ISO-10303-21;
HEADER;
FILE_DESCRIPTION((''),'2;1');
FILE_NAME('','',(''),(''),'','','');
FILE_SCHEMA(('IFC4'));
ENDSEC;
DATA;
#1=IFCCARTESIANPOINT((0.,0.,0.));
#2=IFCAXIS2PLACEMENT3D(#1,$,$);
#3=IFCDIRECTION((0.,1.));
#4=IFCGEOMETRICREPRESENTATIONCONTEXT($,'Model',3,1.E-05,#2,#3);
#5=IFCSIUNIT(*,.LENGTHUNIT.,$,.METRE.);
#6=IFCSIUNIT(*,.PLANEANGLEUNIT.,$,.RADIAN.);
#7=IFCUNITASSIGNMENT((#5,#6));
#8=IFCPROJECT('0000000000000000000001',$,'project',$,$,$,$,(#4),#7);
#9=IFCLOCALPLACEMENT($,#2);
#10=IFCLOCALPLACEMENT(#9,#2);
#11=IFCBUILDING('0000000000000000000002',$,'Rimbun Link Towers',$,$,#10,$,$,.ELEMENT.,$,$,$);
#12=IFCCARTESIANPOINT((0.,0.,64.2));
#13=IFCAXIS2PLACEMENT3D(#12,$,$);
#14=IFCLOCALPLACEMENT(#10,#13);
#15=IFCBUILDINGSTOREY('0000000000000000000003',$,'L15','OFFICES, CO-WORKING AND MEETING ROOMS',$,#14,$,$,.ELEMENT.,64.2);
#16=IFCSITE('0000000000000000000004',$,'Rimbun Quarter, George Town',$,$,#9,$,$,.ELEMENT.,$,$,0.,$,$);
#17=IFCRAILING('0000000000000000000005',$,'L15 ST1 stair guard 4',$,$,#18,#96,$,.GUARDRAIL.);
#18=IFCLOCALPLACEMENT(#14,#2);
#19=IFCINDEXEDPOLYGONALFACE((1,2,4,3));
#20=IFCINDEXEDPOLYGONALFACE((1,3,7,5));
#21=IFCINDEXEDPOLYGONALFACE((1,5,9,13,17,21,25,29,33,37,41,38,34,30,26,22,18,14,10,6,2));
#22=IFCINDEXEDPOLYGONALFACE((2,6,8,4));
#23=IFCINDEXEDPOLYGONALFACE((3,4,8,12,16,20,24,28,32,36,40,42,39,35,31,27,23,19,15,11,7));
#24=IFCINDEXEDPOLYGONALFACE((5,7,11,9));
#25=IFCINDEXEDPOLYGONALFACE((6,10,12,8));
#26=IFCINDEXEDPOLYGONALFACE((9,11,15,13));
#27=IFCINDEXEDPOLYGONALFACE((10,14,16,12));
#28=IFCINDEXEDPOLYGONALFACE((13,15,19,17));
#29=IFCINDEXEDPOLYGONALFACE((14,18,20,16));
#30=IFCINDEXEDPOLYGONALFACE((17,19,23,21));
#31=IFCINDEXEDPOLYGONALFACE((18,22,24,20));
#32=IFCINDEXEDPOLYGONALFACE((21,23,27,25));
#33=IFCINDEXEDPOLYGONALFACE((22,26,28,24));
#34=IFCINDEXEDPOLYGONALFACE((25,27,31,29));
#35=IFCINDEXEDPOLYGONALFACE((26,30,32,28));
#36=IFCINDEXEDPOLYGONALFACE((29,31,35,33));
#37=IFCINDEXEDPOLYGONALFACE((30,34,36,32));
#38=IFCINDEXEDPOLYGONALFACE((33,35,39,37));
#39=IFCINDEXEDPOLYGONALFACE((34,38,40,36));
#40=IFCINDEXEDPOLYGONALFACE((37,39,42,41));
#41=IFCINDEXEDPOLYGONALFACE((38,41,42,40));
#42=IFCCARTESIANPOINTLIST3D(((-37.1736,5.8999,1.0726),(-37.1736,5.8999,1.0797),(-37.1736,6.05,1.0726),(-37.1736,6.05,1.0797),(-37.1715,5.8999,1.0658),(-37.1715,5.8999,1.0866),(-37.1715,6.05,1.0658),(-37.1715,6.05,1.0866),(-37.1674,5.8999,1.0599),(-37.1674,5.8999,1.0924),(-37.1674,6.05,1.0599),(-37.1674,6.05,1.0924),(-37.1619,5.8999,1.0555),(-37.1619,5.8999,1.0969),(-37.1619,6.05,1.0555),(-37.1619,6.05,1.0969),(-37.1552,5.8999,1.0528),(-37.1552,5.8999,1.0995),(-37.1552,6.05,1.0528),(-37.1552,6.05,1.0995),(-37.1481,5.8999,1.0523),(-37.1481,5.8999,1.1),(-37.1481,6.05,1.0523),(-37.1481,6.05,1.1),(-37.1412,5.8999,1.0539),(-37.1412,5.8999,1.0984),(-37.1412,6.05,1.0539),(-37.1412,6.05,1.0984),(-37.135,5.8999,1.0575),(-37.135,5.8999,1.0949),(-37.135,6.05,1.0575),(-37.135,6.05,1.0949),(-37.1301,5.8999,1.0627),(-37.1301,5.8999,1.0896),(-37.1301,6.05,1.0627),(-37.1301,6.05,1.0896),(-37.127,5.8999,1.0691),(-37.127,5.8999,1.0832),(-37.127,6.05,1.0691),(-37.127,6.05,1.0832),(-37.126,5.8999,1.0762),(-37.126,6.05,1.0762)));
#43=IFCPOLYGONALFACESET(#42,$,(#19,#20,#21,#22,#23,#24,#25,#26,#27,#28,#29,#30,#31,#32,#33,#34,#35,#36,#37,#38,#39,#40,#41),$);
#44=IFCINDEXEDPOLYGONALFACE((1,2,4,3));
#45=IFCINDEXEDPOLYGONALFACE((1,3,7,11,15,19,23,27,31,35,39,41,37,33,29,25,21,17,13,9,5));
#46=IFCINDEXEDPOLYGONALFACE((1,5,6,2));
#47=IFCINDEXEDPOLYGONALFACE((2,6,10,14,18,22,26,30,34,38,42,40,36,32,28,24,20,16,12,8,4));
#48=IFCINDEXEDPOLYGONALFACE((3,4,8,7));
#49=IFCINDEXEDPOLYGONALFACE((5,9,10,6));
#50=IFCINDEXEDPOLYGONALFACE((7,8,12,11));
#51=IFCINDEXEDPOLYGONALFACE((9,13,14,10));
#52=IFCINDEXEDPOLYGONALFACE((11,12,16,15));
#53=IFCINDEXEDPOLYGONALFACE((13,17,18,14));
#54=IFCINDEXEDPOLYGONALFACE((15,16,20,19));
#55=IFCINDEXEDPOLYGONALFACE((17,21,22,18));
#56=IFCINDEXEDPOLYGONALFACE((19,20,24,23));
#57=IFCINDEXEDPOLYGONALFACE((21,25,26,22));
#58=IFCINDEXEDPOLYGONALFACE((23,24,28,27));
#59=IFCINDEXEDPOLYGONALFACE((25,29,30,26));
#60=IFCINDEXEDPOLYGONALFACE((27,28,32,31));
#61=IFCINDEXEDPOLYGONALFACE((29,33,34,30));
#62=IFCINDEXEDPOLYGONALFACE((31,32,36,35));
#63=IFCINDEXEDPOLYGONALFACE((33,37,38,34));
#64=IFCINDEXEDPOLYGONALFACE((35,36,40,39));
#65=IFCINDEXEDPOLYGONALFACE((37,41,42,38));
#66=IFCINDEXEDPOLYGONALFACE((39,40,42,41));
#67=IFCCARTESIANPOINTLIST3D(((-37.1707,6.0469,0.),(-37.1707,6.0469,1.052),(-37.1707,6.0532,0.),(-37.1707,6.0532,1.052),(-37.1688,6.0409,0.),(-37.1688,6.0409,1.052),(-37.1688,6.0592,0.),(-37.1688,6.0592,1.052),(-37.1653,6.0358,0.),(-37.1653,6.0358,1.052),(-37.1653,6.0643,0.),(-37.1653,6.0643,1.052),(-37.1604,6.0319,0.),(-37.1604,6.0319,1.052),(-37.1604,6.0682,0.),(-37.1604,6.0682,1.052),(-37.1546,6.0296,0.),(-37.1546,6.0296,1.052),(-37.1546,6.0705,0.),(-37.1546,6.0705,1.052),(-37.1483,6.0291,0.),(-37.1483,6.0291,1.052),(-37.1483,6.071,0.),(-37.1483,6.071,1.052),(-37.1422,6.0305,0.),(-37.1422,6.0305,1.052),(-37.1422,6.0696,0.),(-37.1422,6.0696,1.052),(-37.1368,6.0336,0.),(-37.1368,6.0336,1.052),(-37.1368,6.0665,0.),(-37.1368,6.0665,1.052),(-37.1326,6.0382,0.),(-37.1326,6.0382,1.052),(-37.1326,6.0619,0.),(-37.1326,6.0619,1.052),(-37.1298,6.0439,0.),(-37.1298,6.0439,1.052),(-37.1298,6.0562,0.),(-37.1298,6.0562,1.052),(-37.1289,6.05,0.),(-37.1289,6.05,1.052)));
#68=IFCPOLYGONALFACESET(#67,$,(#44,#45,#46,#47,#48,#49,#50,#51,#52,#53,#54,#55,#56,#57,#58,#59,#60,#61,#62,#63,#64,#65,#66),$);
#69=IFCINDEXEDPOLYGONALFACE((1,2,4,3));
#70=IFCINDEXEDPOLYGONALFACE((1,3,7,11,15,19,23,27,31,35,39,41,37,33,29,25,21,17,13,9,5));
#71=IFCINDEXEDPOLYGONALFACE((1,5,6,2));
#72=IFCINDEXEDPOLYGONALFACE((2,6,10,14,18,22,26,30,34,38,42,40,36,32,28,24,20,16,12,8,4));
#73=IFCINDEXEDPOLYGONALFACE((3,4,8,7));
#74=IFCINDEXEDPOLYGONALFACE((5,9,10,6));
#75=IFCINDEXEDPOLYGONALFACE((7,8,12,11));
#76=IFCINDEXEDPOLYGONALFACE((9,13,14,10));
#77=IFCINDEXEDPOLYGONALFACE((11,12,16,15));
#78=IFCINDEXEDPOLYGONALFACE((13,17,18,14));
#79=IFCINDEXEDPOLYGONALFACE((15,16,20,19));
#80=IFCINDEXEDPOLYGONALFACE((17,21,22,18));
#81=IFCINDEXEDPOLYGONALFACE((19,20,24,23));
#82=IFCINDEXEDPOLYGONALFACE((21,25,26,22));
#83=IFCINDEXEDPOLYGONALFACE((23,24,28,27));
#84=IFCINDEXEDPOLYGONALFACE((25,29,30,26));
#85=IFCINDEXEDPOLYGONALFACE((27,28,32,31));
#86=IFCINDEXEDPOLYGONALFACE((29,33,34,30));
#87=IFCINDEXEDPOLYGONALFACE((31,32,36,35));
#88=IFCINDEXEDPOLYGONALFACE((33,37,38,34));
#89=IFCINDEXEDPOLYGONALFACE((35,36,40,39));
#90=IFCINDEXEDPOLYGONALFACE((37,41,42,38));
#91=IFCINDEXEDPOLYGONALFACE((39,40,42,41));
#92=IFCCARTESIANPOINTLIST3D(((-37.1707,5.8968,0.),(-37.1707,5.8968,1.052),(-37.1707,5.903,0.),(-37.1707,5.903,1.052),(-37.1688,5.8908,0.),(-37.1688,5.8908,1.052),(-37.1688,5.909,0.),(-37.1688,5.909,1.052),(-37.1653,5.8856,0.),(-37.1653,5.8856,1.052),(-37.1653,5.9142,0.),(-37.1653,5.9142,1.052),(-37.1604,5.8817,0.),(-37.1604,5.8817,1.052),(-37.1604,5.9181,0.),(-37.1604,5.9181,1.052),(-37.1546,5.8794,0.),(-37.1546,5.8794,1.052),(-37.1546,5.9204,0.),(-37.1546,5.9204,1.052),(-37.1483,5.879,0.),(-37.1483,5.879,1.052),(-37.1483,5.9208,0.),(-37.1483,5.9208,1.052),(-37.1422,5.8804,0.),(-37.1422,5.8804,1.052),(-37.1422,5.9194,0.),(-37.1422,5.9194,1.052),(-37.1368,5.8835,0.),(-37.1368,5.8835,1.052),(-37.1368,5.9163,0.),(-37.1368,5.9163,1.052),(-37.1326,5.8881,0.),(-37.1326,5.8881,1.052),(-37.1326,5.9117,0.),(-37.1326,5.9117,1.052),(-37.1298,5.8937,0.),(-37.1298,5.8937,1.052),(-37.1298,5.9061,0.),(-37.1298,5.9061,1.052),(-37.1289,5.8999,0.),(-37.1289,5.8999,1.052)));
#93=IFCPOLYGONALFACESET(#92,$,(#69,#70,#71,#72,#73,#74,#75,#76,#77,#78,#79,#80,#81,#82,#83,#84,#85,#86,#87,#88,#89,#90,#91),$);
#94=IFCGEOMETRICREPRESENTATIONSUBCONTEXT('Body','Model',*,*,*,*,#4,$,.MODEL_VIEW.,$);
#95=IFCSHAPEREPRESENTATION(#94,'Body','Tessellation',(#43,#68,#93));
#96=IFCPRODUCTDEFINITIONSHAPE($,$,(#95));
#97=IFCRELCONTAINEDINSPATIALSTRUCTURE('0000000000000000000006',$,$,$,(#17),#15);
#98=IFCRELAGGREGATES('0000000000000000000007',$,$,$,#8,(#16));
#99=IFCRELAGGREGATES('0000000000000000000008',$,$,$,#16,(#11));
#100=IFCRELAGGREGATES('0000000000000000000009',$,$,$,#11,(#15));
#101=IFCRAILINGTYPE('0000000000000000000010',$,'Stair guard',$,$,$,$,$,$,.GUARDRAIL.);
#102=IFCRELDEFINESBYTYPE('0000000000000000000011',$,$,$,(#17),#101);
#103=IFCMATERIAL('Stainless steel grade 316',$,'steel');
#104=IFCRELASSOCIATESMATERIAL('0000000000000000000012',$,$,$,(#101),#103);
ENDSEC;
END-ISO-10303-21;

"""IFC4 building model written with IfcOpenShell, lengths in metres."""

from ifc_helpers import new_model, si_unit, direction, frame, origin, origin_2d, place, context, subcontext, project, spatial, circle, extrude, material, type_object, element, save


model = new_model("IFC4")

# Units and contexts
model_context = context("Model", 3, precision=1e-05, world=origin(), true_north=direction((0.0, 1.0)))
body_context = subcontext(model_context, "Body", "Model", "MODEL_VIEW")
ifc_project = project(units=[si_unit("LENGTHUNIT", "METRE"), si_unit("PLANEANGLEUNIT", "RADIAN")], contexts=[model_context])

# Site, building, storey
site_placement = place(None, origin())
site = spatial("IfcSite", under=ifc_project, at=site_placement, Name="Rimbun Quarter, George Town", CompositionType="ELEMENT", RefElevation=0.0)
building_placement = place(site_placement, origin())
building = spatial("IfcBuilding", under=site, at=building_placement, Name="Rimbun Link Towers", CompositionType="ELEMENT")
storey_placement = place(building_placement, frame((0.0, 0.0, 64.2)))
storey = spatial("IfcBuildingStorey", under=building, at=storey_placement, Name="L15", Description="OFFICES, CO-WORKING AND MEETING ROOMS", CompositionType="ELEMENT", Elevation=64.2)

# Railing
ifc_material_1 = material(Name="Stainless steel grade 316", Category="steel")
railing_type_1 = type_object("IfcRailingType", Name="Stair guard", PredefinedType="GUARDRAIL", material=ifc_material_1)
railing_1_placement = place(storey_placement, frame((-37.1499, 6.05, 0.0)))
element("IfcRailing", 1, at=railing_1_placement, inside=storey, type_object=railing_type_1, Name="L15 ST1 stair guard 4", PredefinedType="GUARDRAIL", context=body_context, shape_type="SweptSolid", body=[
    extrude(circle(Radius=0.0239, at=origin_2d()), frame((0.0, 0.0, 1.0762), z_axis=(0.0, -1.0, 0.0), x_axis=(1.0, 0.0, 0.0)), (0.0, 0.0, 1.0), 0.1501),
    extrude(circle(Radius=0.021, at=origin_2d()), origin(), (0.0, 0.0, 1.0), 1.052),
    extrude(circle(Radius=0.021, at=origin_2d()), frame((0.0, -0.1501, 0.0)), (0.0, 0.0, 1.0), 1.052),
])

save(model, "model.ifc")
